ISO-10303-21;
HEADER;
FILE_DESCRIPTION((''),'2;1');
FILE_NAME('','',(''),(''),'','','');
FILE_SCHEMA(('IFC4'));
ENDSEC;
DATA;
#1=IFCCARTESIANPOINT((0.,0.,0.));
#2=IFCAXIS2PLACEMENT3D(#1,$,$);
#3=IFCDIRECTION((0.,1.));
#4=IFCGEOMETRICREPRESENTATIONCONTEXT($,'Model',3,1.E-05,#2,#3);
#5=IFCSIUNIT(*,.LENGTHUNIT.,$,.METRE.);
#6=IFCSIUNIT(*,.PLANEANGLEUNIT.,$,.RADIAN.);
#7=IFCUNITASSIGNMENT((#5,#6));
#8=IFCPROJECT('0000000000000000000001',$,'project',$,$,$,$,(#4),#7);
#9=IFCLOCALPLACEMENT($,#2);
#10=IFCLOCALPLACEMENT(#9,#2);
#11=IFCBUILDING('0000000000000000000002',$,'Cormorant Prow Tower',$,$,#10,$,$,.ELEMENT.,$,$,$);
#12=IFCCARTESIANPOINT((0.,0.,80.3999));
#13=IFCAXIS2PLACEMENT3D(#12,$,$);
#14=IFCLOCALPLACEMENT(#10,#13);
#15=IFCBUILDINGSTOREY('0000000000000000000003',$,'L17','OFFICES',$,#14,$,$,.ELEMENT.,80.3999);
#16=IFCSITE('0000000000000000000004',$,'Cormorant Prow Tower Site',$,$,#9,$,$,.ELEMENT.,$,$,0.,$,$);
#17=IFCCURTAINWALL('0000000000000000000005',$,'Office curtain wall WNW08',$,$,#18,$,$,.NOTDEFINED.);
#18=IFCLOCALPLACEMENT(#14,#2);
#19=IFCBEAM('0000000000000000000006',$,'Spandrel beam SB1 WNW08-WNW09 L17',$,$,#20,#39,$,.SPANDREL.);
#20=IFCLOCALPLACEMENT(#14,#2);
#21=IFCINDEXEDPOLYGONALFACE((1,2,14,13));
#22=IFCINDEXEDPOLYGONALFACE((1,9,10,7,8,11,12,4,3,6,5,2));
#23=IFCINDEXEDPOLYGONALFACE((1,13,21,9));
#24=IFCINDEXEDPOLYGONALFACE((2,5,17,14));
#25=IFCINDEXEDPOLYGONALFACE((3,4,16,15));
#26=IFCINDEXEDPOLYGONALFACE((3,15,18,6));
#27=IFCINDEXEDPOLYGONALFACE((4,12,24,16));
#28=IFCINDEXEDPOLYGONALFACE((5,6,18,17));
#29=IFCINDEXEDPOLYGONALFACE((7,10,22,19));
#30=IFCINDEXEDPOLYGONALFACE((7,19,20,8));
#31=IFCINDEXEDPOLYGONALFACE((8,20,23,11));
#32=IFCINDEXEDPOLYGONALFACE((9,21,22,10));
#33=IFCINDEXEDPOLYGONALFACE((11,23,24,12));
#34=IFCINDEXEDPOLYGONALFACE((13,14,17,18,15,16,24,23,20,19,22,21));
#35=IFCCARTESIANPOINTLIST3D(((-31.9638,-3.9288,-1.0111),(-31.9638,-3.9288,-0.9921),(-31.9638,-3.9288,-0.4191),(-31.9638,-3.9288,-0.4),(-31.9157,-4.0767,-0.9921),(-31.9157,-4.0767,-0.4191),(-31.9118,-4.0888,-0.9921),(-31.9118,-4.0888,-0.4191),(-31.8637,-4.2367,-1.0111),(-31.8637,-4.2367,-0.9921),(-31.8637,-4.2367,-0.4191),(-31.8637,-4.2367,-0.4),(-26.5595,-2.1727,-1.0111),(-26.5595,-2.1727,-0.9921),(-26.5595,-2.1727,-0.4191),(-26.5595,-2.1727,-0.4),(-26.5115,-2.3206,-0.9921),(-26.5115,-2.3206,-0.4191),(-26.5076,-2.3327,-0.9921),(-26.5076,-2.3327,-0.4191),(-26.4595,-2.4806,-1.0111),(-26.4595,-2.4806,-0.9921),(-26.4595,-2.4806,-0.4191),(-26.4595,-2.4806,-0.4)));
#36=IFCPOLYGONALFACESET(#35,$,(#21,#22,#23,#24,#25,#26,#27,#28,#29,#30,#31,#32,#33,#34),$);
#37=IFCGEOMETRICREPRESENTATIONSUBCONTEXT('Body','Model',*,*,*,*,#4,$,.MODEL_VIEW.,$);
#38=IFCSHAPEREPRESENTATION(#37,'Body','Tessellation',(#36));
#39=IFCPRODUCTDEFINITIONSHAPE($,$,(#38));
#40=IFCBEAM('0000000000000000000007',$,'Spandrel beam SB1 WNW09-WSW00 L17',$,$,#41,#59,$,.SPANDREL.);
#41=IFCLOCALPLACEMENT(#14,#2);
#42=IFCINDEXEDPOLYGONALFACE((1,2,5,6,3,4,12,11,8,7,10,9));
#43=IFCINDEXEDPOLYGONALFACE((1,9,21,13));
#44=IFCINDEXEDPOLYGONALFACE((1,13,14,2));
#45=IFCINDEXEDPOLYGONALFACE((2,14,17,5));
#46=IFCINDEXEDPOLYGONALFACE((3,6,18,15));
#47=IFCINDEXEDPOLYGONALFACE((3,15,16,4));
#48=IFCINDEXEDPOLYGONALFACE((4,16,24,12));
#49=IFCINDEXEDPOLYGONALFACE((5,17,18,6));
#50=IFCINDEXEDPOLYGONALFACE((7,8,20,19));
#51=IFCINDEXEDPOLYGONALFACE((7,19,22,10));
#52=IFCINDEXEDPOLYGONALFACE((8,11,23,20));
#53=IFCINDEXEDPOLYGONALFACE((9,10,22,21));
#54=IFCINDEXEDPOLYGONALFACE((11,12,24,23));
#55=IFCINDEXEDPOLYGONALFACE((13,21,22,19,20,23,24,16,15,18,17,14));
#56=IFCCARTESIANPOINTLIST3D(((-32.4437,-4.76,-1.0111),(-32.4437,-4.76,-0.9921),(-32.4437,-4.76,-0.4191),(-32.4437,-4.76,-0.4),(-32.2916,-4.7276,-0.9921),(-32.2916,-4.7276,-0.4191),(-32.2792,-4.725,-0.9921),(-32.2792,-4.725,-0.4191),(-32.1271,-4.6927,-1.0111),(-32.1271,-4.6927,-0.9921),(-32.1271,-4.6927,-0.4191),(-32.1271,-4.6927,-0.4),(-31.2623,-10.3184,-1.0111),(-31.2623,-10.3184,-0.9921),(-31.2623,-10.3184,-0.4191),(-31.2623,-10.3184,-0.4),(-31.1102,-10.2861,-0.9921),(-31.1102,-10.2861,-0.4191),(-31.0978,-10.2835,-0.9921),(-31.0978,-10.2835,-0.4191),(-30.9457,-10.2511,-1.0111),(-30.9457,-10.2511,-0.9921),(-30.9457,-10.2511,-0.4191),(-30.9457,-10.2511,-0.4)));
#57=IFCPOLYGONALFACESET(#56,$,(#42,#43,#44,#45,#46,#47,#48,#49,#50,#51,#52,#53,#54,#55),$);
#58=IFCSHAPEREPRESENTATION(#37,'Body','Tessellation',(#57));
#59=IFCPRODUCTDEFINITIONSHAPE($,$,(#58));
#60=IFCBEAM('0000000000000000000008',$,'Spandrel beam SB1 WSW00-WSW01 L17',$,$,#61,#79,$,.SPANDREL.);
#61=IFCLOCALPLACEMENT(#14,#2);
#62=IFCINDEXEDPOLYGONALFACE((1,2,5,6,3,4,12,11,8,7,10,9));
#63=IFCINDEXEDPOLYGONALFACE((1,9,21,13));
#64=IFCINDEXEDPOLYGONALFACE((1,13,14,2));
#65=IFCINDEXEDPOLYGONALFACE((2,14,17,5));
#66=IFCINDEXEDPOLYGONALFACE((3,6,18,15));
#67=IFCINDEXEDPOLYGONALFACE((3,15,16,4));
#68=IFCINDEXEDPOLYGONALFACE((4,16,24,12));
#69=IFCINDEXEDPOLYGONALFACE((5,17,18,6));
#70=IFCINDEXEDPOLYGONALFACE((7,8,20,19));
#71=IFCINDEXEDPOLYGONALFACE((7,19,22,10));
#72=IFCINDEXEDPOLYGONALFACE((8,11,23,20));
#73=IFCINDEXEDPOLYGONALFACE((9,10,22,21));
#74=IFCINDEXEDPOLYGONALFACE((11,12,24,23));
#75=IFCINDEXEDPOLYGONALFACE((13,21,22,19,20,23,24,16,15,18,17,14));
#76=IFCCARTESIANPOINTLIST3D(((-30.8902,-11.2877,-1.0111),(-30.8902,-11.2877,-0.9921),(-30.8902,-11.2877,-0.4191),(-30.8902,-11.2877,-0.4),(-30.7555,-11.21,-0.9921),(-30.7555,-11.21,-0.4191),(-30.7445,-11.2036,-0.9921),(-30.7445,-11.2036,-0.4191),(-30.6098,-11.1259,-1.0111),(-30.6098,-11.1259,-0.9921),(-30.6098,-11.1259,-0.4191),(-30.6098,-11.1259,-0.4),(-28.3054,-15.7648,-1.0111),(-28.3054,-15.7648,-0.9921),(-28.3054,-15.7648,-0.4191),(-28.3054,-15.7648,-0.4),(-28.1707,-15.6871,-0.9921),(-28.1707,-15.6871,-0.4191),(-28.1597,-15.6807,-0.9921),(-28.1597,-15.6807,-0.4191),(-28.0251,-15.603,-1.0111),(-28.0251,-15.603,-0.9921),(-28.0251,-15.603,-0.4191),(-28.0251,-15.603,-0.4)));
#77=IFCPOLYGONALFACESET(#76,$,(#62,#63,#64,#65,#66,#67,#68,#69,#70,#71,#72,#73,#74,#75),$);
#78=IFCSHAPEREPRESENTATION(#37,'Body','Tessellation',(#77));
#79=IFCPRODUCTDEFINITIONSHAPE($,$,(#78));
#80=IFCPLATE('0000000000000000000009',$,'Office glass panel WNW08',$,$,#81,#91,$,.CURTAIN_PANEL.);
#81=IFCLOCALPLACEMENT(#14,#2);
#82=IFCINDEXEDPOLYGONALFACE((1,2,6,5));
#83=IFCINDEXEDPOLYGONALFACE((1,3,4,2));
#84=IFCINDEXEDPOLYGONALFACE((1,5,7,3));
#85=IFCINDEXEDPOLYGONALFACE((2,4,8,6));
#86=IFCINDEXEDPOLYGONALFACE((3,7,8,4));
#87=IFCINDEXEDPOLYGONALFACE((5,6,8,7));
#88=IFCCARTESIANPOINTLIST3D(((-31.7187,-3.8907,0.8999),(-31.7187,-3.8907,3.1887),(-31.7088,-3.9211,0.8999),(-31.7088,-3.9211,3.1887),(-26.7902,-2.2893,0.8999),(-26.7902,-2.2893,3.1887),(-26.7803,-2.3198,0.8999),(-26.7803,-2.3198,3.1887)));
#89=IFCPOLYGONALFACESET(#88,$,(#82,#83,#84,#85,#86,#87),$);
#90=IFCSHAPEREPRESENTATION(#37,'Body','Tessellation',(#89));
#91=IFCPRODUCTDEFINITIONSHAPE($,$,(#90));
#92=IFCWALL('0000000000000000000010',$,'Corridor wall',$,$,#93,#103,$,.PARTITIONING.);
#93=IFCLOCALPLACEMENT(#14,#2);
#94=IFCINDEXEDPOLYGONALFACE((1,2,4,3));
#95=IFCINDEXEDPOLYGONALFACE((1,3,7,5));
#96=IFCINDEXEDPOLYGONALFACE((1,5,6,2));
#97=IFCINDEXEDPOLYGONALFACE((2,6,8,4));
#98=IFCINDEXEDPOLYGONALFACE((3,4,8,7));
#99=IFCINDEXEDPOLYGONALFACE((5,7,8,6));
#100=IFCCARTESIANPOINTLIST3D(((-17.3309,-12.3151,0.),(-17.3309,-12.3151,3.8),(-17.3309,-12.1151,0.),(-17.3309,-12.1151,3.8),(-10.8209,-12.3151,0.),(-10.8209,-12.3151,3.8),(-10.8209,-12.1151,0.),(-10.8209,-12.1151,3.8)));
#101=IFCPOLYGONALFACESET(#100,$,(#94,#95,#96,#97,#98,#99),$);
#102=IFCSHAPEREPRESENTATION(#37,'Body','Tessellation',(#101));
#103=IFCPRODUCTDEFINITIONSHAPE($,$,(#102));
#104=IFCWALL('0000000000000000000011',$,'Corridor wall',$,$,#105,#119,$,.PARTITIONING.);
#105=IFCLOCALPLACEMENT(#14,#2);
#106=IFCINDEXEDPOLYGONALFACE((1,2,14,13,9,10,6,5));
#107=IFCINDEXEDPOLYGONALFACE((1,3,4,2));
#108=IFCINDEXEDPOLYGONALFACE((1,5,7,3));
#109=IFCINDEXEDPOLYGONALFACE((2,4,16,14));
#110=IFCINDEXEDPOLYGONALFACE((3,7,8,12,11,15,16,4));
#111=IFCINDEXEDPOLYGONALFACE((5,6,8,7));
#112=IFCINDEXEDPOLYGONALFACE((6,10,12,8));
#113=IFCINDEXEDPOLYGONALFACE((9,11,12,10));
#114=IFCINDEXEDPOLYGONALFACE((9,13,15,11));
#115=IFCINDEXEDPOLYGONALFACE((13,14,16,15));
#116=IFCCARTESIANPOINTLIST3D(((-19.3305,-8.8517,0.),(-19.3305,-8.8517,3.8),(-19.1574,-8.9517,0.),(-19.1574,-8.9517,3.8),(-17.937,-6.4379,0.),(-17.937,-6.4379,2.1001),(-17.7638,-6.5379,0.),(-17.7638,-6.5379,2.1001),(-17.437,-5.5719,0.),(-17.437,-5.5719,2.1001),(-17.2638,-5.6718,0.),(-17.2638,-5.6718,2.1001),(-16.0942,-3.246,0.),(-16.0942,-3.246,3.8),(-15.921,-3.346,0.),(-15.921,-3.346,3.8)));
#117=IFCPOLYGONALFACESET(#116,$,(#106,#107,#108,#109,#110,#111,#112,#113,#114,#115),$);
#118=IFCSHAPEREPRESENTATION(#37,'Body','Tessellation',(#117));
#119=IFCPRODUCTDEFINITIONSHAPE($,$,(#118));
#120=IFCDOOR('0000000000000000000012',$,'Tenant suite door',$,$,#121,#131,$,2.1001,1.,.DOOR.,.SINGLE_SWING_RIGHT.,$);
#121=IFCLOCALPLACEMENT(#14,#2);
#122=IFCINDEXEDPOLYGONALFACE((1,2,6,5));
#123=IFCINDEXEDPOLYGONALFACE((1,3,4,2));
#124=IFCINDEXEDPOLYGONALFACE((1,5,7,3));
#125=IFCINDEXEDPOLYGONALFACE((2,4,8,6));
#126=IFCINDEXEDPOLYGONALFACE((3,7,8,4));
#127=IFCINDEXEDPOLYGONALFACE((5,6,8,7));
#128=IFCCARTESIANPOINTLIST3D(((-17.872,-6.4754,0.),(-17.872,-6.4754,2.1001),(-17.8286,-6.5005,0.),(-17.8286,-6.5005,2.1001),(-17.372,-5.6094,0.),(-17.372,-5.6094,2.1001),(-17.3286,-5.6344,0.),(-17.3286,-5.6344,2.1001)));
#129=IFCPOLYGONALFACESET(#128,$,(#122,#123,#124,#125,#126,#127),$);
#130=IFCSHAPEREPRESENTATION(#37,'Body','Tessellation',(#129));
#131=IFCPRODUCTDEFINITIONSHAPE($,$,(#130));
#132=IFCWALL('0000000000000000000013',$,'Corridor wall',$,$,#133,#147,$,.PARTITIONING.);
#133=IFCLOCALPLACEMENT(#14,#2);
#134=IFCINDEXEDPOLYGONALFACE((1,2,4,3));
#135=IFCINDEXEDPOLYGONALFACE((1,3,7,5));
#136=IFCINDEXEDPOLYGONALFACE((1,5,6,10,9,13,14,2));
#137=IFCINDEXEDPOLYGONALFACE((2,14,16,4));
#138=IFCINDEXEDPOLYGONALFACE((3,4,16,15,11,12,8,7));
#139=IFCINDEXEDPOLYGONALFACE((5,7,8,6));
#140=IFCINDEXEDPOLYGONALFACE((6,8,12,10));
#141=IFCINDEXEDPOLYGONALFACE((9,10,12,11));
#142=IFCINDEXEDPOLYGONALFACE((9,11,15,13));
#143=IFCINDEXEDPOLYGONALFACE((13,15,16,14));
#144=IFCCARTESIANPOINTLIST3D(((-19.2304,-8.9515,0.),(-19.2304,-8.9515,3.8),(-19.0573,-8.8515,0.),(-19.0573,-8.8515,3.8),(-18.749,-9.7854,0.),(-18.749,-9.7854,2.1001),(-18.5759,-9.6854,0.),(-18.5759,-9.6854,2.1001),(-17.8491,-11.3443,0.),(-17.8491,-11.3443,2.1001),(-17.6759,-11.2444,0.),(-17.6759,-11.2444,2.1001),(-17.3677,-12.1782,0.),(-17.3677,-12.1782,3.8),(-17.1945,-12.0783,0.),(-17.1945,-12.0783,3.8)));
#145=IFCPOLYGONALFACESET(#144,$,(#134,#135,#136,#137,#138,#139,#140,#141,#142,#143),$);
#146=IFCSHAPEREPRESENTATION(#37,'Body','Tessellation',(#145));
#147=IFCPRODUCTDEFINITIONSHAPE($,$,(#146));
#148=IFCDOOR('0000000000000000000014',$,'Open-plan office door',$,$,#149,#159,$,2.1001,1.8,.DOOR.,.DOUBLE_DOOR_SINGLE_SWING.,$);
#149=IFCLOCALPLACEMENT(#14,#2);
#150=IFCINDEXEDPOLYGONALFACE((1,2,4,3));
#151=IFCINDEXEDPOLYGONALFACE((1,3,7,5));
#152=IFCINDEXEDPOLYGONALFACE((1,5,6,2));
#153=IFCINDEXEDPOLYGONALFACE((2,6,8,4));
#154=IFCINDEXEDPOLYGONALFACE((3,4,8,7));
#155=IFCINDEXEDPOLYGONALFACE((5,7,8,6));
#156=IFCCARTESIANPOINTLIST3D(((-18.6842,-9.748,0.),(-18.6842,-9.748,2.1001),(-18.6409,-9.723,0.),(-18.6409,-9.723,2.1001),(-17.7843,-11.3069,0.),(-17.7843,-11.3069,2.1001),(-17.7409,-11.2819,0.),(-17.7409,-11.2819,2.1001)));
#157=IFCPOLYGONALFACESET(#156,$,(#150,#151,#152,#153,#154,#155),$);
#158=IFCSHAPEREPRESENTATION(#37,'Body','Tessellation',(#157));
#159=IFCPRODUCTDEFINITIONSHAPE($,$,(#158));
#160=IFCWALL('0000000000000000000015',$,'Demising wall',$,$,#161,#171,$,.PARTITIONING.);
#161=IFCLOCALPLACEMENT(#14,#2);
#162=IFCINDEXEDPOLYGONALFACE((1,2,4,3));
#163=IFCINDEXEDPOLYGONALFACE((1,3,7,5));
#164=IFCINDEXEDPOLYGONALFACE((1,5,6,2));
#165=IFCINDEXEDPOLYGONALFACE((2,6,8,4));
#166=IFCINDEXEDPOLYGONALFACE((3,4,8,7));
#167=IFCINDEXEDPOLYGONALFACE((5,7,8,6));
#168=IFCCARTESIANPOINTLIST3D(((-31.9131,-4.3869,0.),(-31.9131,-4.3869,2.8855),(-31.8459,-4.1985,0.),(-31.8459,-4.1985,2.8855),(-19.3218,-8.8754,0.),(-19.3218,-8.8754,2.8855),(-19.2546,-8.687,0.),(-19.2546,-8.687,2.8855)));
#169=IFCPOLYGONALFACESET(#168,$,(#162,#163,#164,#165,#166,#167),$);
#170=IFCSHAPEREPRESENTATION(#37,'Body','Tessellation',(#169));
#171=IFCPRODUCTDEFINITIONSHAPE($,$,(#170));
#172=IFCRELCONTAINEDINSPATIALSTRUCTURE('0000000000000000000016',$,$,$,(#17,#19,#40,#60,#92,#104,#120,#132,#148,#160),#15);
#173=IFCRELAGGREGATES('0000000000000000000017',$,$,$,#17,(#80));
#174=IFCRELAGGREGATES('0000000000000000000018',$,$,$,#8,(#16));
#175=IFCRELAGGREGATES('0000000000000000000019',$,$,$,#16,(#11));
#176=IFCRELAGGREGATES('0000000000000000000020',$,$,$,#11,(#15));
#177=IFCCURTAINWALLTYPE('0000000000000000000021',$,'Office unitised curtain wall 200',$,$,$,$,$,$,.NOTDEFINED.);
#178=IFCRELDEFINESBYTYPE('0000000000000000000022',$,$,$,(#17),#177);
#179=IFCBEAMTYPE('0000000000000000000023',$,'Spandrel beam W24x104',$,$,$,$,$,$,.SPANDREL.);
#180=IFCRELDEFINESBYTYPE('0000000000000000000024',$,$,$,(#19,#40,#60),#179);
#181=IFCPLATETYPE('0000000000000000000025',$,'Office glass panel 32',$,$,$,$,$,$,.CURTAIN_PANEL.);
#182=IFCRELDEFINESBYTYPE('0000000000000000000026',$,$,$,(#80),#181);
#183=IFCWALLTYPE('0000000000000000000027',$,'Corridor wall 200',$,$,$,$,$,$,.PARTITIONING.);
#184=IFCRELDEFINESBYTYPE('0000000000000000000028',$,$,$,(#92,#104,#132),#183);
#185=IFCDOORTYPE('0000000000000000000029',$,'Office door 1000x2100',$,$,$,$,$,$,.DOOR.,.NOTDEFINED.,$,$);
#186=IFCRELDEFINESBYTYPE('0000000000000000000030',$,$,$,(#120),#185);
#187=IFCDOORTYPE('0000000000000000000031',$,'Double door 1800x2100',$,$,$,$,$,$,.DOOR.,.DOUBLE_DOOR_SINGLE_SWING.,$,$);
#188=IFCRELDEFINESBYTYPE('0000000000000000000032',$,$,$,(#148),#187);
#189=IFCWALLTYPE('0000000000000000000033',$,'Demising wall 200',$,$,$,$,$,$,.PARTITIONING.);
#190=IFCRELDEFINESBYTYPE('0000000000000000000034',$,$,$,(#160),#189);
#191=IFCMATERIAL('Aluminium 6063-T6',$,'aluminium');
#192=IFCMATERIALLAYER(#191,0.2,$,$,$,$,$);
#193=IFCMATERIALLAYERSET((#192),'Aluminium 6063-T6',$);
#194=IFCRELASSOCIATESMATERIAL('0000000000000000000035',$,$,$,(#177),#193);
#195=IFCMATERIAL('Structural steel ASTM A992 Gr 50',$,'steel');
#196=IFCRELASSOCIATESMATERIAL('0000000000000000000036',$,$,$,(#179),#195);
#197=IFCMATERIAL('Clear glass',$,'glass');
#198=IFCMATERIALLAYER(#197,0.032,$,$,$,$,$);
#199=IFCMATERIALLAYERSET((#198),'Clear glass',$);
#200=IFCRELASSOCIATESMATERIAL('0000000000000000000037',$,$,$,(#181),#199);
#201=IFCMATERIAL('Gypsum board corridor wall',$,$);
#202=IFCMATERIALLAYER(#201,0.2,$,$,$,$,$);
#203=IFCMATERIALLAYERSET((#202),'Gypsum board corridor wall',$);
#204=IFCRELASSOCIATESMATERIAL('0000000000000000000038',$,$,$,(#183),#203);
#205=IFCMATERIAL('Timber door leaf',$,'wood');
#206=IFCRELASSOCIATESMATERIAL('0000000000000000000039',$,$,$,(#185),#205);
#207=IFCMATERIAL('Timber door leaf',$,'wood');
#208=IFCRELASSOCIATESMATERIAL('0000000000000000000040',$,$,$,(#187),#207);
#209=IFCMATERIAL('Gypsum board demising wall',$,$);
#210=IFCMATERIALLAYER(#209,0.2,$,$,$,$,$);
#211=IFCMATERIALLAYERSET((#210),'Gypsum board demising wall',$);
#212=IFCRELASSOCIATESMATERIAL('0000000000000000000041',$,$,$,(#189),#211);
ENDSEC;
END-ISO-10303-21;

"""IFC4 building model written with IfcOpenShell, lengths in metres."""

from ifc_helpers import new_model, si_unit, direction, frame, frame_2d, origin, origin_2d, place, context, subcontext, project, spatial, rectangle, i_section, extrude, material, layer, layer_set, material_profile, profile_set, type_object, element, fill, aggregate, save


model = new_model("IFC4")

# Units and contexts
model_context = context("Model", 3, precision=1e-05, world=origin(), true_north=direction((0.0, 1.0)))
body_context = subcontext(model_context, "Body", "Model", "MODEL_VIEW")
ifc_project = project(units=[si_unit("LENGTHUNIT", "METRE"), si_unit("PLANEANGLEUNIT", "RADIAN")], contexts=[model_context])

# Site, building, storey
site_placement = place(None, origin())
site = spatial("IfcSite", under=ifc_project, at=site_placement, Name="Cormorant Prow Tower Site", CompositionType="ELEMENT", RefElevation=0.0)
building_placement = place(site_placement, origin())
building = spatial("IfcBuilding", under=site, at=building_placement, Name="Cormorant Prow Tower", CompositionType="ELEMENT")
storey_placement = place(building_placement, frame((0.0, 0.0, 80.3999)))
storey = spatial("IfcBuildingStorey", under=building, at=storey_placement, Name="L17", Description="OFFICES", CompositionType="ELEMENT", Elevation=80.3999)

# Curtain wall
ifc_material_1 = material(Name="Aluminium 6063-T6", Category="aluminium")
ifc_layer_1 = layer(ifc_material_1, 0.2)
ifc_layer_set_1 = layer_set([ifc_layer_1], Name="Aluminium 6063-T6")
curtain_wall_type = type_object("IfcCurtainWallType", Name="Office unitised curtain wall 200", PredefinedType="NOTDEFINED", material=ifc_layer_set_1)
curtain_wall_placement = place(storey_placement, origin())
curtain_wall = element("IfcCurtainWall", 1, at=curtain_wall_placement, inside=storey, type_object=curtain_wall_type, Name="Office curtain wall WNW08", PredefinedType="NOTDEFINED")

# Beams
ifc_material_2 = material(Name="Structural steel ASTM A992 Gr 50", Category="steel")
ifc_material_profile_1 = material_profile(ifc_material_2, i_section(OverallWidth=0.3237, OverallDepth=0.6111, WebThickness=0.0127, FlangeThickness=0.019, at=origin_2d()), Name="W24x104")
ifc_profile_set_1 = profile_set([ifc_material_profile_1], Name="Structural steel ASTM A992 Gr 50")
beam_type_1 = type_object("IfcBeamType", Name="Spandrel beam W24x104", PredefinedType="SPANDREL", material=ifc_profile_set_1)
beam_1_placement = place(storey_placement, frame((-26.5095, -2.3267, -0.7056), z_axis=(-0.951049, -0.309039, 0.0), x_axis=(0.309039, -0.951049, 0.0)))
element("IfcBeam", 2, at=beam_1_placement, inside=storey, type_object=beam_type_1, Name="Spandrel beam SB1 WNW08-WNW09 L17", PredefinedType="SPANDREL", context=body_context, shape_type="SweptSolid", body=[
    extrude(i_section(OverallWidth=0.3237, OverallDepth=0.6111, WebThickness=0.0127, FlangeThickness=0.019, at=origin_2d()), origin(), (0.0, 0.0, 1.0), 5.6824),
])
beam_2_placement = place(storey_placement, frame((-32.2854, -4.7263, -0.7056), z_axis=(0.2079, -0.97815, 0.0), x_axis=(0.97815, 0.2079, 0.0)))
element("IfcBeam", 3, at=beam_2_placement, inside=storey, type_object=beam_type_1, Name="Spandrel beam SB1 WNW09-WSW00 L17", PredefinedType="SPANDREL", context=body_context, shape_type="SweptSolid", body=[
    extrude(i_section(OverallWidth=0.3237, OverallDepth=0.6111, WebThickness=0.0127, FlangeThickness=0.019, at=origin_2d()), origin(), (0.0, 0.0, 1.0), 5.6826),
])
beam_3_placement = place(storey_placement, frame((-30.75, -11.2068, -0.7056), z_axis=(0.499984, -0.866035, 0.0), x_axis=(0.866035, 0.499984, 0.0)))
element("IfcBeam", 4, at=beam_3_placement, inside=storey, type_object=beam_type_1, Name="Spandrel beam SB1 WSW00-WSW01 L17", PredefinedType="SPANDREL", context=body_context, shape_type="SweptSolid", body=[
    extrude(i_section(OverallWidth=0.3237, OverallDepth=0.6111, WebThickness=0.0127, FlangeThickness=0.019, at=origin_2d()), origin(), (0.0, 0.0, 1.0), 5.1697),
])

# Plate
ifc_material_3 = material(Name="Clear glass", Category="glass")
ifc_layer_2 = layer(ifc_material_3, 0.032)
ifc_layer_set_2 = layer_set([ifc_layer_2], Name="Clear glass")
plate_type = type_object("IfcPlateType", Name="Office glass panel 32", PredefinedType="CURTAIN_PANEL", material=ifc_layer_set_2)
plate_placement = place(storey_placement, frame((-29.2495, -3.1052, 0.8999), z_axis=(0.0, 0.0, 1.0), x_axis=(-0.951057, -0.309017, 0.0)))
plate = element("IfcPlate", 5, at=plate_placement, type_object=plate_type, Name="Office glass panel WNW08", PredefinedType="CURTAIN_PANEL", context=body_context, shape_type="SweptSolid", body=[
    extrude(rectangle(XDim=5.1821, YDim=0.032, at=origin_2d()), origin(), (0.0, 0.0, 1.0), 2.2888),
])
aggregate(curtain_wall, [plate])

# Wall
ifc_material_4 = material(Name="Gypsum board corridor wall")
ifc_layer_3 = layer(ifc_material_4, 0.2)
ifc_layer_set_3 = layer_set([ifc_layer_3], Name="Gypsum board corridor wall")
wall_type_1 = type_object("IfcWallType", Name="Corridor wall 200", PredefinedType="PARTITIONING", material=ifc_layer_set_3)
wall_1_placement = place(storey_placement, frame((-17.3308, -12.2151, 0.0), z_axis=(0.0, 0.0, 1.0), x_axis=(1.0, 0.0, 0.0)))
element("IfcWall", 6, at=wall_1_placement, inside=storey, type_object=wall_type_1, Name="Corridor wall", PredefinedType="PARTITIONING", context=body_context, shape_type="SweptSolid", body=[
    extrude(rectangle(XDim=6.51, YDim=0.2, at=frame_2d((3.2549, 0.0))), origin(), (0.0, 0.0, 1.0), 3.8),
])

# Walls, openings, doors
wall_2_placement = place(storey_placement, frame((-19.2439, -8.9016, 0.0), z_axis=(0.0, 0.0, 1.0), x_axis=(0.499985, 0.866034, 0.0)))
wall_2 = element("IfcWall", 7, at=wall_2_placement, inside=storey, type_object=wall_type_1, Name="Corridor wall", PredefinedType="PARTITIONING", context=body_context, shape_type="SweptSolid", body=[
    extrude(rectangle(XDim=6.4729, YDim=0.2, at=frame_2d((3.2363, 0.0))), origin(), (0.0, 0.0, 1.0), 3.8),
])
opening_1_placement = place(wall_2_placement, frame((2.7871, 0.0, 0.0)))
opening_1 = element("IfcOpeningElement", 8, at=opening_1_placement, cuts=wall_2, PredefinedType="OPENING", context=body_context, shape_type="SweptSolid", body=[
    extrude(rectangle(XDim=1.0, YDim=2.1001, at=frame_2d((0.5, 1.05))), frame((0.0, 0.1099, 0.0), z_axis=(0.0, -1.0, 0.0), x_axis=(1.0, 0.0, 0.0)), (0.0, 0.0, 1.0), 0.22),
])
ifc_material_5 = material(Name="Timber door leaf", Category="wood")
door_type_1 = type_object("IfcDoorType", Name="Office door 1000x2100", OperationType="NOTDEFINED", PredefinedType="DOOR", material=ifc_material_5)
door_1_placement = place(opening_1_placement, origin())
door_1 = element("IfcDoor", 9, at=door_1_placement, inside=storey, type_object=door_type_1, Name="Tenant suite door", OperationType="SINGLE_SWING_RIGHT", OverallHeight=2.1001, OverallWidth=1.0, PredefinedType="DOOR", context=body_context, shape_type="SweptSolid", body=[
    extrude(rectangle(XDim=1.0, YDim=2.1001, at=frame_2d((0.5, 1.05))), frame((0.0, 0.0249, 0.0), z_axis=(0.0, -1.0, 0.0), x_axis=(1.0, 0.0, 0.0)), (0.0, 0.0, 1.0), 0.05),
])
fill(opening_1, door_1)
wall_3_placement = place(storey_placement, frame((-19.1438, -8.9016, 0.0), z_axis=(0.0, 0.0, 1.0), x_axis=(0.499959, -0.866049, 0.0)))
wall_3 = element("IfcWall", 10, at=wall_3_placement, inside=storey, type_object=wall_type_1, Name="Corridor wall", PredefinedType="PARTITIONING", context=body_context, shape_type="SweptSolid", body=[
    extrude(rectangle(XDim=3.7258, YDim=0.2, at=frame_2d((1.8628, 0.0))), origin(), (0.0, 0.0, 1.0), 3.8),
])
opening_2_placement = place(wall_3_placement, frame((0.9629, 0.0, 0.0)))
opening_2 = element("IfcOpeningElement", 11, at=opening_2_placement, cuts=wall_3, PredefinedType="OPENING", context=body_context, shape_type="SweptSolid", body=[
    extrude(rectangle(XDim=1.8, YDim=2.1001, at=frame_2d((0.8999, 1.05))), frame((0.0, 0.1099, 0.0), z_axis=(0.0, -1.0, 0.0), x_axis=(1.0, 0.0, 0.0)), (0.0, 0.0, 1.0), 0.22),
])
ifc_material_6 = material(Name="Timber door leaf", Category="wood")
door_type_2 = type_object("IfcDoorType", Name="Double door 1800x2100", OperationType="DOUBLE_DOOR_SINGLE_SWING", PredefinedType="DOOR", material=ifc_material_6)
door_2_placement = place(opening_2_placement, origin())
door_2 = element("IfcDoor", 12, at=door_2_placement, inside=storey, type_object=door_type_2, Name="Open-plan office door", OperationType="DOUBLE_DOOR_SINGLE_SWING", OverallHeight=2.1001, OverallWidth=1.8, PredefinedType="DOOR", context=body_context, shape_type="SweptSolid", body=[
    extrude(rectangle(XDim=1.8, YDim=2.1001, at=frame_2d((0.8999, 1.05))), frame((0.0, 0.0249, 0.0), z_axis=(0.0, -1.0, 0.0), x_axis=(1.0, 0.0, 0.0)), (0.0, 0.0, 1.0), 0.05),
])
fill(opening_2, door_2)

# Wall
ifc_material_7 = material(Name="Gypsum board demising wall")
ifc_layer_4 = layer(ifc_material_7, 0.2)
ifc_layer_set_4 = layer_set([ifc_layer_4], Name="Gypsum board demising wall")
wall_type_2 = type_object("IfcWallType", Name="Demising wall 200", PredefinedType="PARTITIONING", material=ifc_layer_set_4)
wall_4_placement = place(storey_placement, frame((-31.8794, -4.2927, 0.0), z_axis=(0.0, 0.0, 1.0), x_axis=(0.94194, -0.335781, 0.0)))
element("IfcWall", 13, at=wall_4_placement, inside=storey, type_object=wall_type_2, Name="Demising wall", PredefinedType="PARTITIONING", context=body_context, shape_type="SweptSolid", body=[
    extrude(rectangle(XDim=13.3674, YDim=0.2, at=frame_2d((6.6836, 0.0))), origin(), (0.0, 0.0, 1.0), 2.8855),
])

save(model, "model.ifc")
